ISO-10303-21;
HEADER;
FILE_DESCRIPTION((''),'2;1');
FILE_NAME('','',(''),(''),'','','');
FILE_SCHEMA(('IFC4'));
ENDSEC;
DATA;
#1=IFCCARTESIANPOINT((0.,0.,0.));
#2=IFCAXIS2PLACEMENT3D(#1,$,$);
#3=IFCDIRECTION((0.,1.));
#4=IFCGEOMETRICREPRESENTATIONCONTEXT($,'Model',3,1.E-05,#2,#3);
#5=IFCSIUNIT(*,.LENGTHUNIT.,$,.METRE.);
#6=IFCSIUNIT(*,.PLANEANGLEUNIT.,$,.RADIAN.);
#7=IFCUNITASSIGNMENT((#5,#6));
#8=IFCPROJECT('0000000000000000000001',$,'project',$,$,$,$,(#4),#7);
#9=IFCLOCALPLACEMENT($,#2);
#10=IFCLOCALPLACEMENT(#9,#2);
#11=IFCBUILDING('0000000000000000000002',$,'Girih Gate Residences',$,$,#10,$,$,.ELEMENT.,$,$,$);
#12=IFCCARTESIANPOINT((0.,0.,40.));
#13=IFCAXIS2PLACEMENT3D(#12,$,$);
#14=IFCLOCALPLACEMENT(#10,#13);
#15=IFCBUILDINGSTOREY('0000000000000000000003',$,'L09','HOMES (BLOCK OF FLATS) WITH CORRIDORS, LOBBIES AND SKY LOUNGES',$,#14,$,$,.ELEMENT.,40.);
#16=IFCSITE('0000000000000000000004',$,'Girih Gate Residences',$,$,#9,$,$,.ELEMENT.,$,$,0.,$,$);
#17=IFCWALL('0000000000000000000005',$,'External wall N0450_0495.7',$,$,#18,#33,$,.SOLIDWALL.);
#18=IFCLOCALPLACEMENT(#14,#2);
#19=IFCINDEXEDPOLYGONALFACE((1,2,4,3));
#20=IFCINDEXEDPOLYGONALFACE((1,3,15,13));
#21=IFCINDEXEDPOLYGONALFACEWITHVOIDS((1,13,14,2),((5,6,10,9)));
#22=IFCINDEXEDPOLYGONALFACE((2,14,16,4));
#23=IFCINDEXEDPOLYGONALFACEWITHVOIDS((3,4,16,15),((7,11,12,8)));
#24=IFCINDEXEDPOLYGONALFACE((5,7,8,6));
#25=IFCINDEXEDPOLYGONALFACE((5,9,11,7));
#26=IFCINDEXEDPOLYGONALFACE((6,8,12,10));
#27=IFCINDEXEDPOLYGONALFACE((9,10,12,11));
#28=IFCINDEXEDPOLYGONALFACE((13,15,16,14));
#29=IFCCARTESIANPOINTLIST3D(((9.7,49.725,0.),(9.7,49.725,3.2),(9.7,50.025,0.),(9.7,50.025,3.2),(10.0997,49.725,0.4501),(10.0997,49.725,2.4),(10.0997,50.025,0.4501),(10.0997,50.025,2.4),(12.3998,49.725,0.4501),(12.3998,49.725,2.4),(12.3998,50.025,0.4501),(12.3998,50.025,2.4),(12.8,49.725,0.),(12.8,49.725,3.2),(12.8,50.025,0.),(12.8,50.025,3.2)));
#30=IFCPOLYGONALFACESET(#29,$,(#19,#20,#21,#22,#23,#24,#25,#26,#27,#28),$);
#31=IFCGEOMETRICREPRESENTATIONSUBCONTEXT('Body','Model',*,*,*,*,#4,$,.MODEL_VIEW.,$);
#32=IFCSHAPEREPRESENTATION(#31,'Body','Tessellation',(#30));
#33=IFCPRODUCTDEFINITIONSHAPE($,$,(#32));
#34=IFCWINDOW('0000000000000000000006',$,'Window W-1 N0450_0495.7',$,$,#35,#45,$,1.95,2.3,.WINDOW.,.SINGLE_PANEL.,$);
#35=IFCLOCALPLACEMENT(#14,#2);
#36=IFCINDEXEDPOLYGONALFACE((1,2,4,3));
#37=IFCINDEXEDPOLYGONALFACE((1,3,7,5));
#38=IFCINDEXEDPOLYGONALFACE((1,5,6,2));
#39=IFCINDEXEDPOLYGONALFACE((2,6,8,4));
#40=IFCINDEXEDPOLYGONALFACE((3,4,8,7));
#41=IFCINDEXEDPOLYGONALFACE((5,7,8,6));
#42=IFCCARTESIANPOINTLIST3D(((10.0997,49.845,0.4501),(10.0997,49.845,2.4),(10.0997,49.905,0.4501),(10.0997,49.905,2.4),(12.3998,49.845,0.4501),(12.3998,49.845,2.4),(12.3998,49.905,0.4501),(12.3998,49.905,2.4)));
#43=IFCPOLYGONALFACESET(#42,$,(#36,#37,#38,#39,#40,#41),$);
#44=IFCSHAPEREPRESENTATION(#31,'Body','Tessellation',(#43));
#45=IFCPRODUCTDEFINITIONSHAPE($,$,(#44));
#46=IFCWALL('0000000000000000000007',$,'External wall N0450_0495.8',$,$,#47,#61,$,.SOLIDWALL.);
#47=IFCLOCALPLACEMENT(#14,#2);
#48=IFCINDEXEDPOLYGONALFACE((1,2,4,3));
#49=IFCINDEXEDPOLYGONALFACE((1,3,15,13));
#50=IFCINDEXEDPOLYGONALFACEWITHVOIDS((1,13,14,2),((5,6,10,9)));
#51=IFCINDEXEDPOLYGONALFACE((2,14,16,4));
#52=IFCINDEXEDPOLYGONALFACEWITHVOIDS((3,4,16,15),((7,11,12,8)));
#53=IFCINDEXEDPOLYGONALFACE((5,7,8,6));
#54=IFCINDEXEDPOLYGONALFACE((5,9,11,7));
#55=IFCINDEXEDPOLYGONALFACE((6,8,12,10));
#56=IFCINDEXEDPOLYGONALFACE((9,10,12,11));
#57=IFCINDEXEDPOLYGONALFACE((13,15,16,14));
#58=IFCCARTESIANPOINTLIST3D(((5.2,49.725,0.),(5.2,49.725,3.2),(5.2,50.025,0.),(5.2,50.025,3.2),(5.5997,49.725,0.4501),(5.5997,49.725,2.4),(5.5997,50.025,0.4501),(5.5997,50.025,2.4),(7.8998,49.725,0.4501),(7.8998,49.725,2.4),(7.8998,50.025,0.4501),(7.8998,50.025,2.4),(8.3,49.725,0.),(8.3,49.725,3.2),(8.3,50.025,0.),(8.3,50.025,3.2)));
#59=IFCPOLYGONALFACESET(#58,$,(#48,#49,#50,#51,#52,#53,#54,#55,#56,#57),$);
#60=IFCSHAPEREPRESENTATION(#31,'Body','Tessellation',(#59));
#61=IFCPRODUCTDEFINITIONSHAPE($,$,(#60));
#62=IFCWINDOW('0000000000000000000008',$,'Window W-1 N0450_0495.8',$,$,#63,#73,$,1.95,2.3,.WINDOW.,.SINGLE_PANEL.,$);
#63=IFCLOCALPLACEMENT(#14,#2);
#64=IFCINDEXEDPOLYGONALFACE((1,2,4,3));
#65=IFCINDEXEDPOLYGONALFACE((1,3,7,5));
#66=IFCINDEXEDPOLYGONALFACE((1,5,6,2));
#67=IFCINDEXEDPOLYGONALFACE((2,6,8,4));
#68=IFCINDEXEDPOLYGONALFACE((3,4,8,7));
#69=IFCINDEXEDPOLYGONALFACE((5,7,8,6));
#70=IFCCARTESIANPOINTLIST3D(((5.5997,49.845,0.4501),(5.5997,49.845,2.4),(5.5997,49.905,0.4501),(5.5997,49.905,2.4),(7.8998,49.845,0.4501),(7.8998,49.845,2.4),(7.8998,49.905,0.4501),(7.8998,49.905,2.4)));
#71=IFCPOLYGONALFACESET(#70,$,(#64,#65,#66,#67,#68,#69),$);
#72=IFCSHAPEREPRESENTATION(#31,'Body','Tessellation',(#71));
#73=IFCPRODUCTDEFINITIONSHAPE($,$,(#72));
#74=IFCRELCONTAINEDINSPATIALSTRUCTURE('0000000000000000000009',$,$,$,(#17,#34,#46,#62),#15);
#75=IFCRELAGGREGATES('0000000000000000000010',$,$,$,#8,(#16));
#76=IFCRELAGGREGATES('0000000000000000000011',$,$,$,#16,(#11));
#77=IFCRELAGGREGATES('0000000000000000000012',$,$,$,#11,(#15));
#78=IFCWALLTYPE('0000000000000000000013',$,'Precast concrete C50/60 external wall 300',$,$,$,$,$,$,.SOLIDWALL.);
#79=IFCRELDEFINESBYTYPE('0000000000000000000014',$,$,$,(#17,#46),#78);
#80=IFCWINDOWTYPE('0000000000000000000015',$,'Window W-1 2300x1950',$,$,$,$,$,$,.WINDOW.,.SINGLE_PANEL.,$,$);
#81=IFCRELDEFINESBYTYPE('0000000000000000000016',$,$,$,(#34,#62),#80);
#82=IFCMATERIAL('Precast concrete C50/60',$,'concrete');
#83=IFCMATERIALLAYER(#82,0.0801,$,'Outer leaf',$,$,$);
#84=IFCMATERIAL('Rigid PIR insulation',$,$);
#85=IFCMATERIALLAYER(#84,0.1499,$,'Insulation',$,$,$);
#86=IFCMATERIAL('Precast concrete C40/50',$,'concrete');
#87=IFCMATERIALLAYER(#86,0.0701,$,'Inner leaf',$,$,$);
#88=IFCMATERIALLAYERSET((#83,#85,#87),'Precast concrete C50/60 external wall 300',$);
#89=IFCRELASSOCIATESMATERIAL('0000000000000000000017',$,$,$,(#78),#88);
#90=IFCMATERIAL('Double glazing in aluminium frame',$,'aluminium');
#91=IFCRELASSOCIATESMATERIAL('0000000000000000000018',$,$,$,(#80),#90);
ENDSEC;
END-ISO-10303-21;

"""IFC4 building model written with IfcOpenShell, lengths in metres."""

from ifc_helpers import new_model, si_unit, direction, frame, frame_2d, origin, place, context, subcontext, project, spatial, rectangle, extrude, material, layer, layer_set, type_object, element, fill, save


model = new_model("IFC4")

# Units and contexts
model_context = context("Model", 3, precision=1e-05, world=origin(), true_north=direction((0.0, 1.0)))
body_context = subcontext(model_context, "Body", "Model", "MODEL_VIEW")
ifc_project = project(units=[si_unit("LENGTHUNIT", "METRE"), si_unit("PLANEANGLEUNIT", "RADIAN")], contexts=[model_context])

# Site, building, storey
site_placement = place(None, origin())
site = spatial("IfcSite", under=ifc_project, at=site_placement, Name="Girih Gate Residences", CompositionType="ELEMENT", RefElevation=0.0)
building_placement = place(site_placement, origin())
building = spatial("IfcBuilding", under=site, at=building_placement, Name="Girih Gate Residences", CompositionType="ELEMENT")
storey_placement = place(building_placement, frame((0.0, 0.0, 40.0)))
storey = spatial("IfcBuildingStorey", under=building, at=storey_placement, Name="L09", Description="HOMES (BLOCK OF FLATS) WITH CORRIDORS, LOBBIES AND SKY LOUNGES", CompositionType="ELEMENT", Elevation=40.0)

# Walls, openings, windows
ifc_material_1 = material(Name="Precast concrete C50/60", Category="concrete")
ifc_layer_1 = layer(ifc_material_1, 0.0801, Name="Outer leaf")
ifc_material_2 = material(Name="Rigid PIR insulation")
ifc_layer_2 = layer(ifc_material_2, 0.1499, Name="Insulation")
ifc_material_3 = material(Name="Precast concrete C40/50", Category="concrete")
ifc_layer_3 = layer(ifc_material_3, 0.0701, Name="Inner leaf")
ifc_layer_set_1 = layer_set([ifc_layer_1, ifc_layer_2, ifc_layer_3], Name="Precast concrete C50/60 external wall 300")
wall_type_1 = type_object("IfcWallType", Name="Precast concrete C50/60 external wall 300", PredefinedType="SOLIDWALL", material=ifc_layer_set_1)
wall_1_placement = place(storey_placement, frame((9.7, 49.875, 0.0), z_axis=(0.0, 0.0, 1.0), x_axis=(1.0, 0.0, 0.0)))
wall_1 = element("IfcWall", 1, at=wall_1_placement, inside=storey, type_object=wall_type_1, Name="External wall N0450_0495.7", PredefinedType="SOLIDWALL", context=body_context, shape_type="SweptSolid", body=[
    extrude(rectangle(XDim=3.1001, YDim=0.3, at=frame_2d((1.55, 0.0))), origin(), (0.0, 0.0, 1.0), 3.2),
])
opening_1_placement = place(wall_1_placement, frame((0.3999, 0.0, 0.45)))
opening_1 = element("IfcOpeningElement", 2, at=opening_1_placement, cuts=wall_1, PredefinedType="OPENING", context=body_context, shape_type="SweptSolid", body=[
    extrude(rectangle(XDim=2.3, YDim=1.95, at=frame_2d((1.1499, 0.9751))), frame((0.0, 0.1599, 0.0), z_axis=(0.0, -1.0, 0.0), x_axis=(1.0, 0.0, 0.0)), (0.0, 0.0, 1.0), 0.3201),
])
ifc_material_4 = material(Name="Double glazing in aluminium frame", Category="aluminium")
window_type = type_object("IfcWindowType", Name="Window W-1 2300x1950", PartitioningType="SINGLE_PANEL", PredefinedType="WINDOW", material=ifc_material_4)
window_1_placement = place(opening_1_placement, origin())
window_1 = element("IfcWindow", 3, at=window_1_placement, inside=storey, type_object=window_type, Name="Window W-1 N0450_0495.7", OverallHeight=1.95, OverallWidth=2.3, PartitioningType="SINGLE_PANEL", PredefinedType="WINDOW", context=body_context, shape_type="SweptSolid", body=[
    extrude(rectangle(XDim=2.3, YDim=1.95, at=frame_2d((1.1499, 0.9751))), frame((0.0, 0.03, 0.0), z_axis=(0.0, -1.0, 0.0), x_axis=(1.0, 0.0, 0.0)), (0.0, 0.0, 1.0), 0.0601),
])
fill(opening_1, window_1)
wall_2_placement = place(storey_placement, frame((5.2, 49.875, 0.0), z_axis=(0.0, 0.0, 1.0), x_axis=(1.0, 0.0, 0.0)))
wall_2 = element("IfcWall", 4, at=wall_2_placement, inside=storey, type_object=wall_type_1, Name="External wall N0450_0495.8", PredefinedType="SOLIDWALL", context=body_context, shape_type="SweptSolid", body=[
    extrude(rectangle(XDim=3.1001, YDim=0.3, at=frame_2d((1.55, 0.0))), origin(), (0.0, 0.0, 1.0), 3.2),
])
opening_2_placement = place(wall_2_placement, frame((0.3999, 0.0, 0.45)))
opening_2 = element("IfcOpeningElement", 5, at=opening_2_placement, cuts=wall_2, PredefinedType="OPENING", context=body_context, shape_type="SweptSolid", body=[
    extrude(rectangle(XDim=2.3, YDim=1.95, at=frame_2d((1.1499, 0.9751))), frame((0.0, 0.1599, 0.0), z_axis=(0.0, -1.0, 0.0), x_axis=(1.0, 0.0, 0.0)), (0.0, 0.0, 1.0), 0.3201),
])
window_2_placement = place(opening_2_placement, origin())
window_2 = element("IfcWindow", 6, at=window_2_placement, inside=storey, type_object=window_type, Name="Window W-1 N0450_0495.8", OverallHeight=1.95, OverallWidth=2.3, PartitioningType="SINGLE_PANEL", PredefinedType="WINDOW", context=body_context, shape_type="SweptSolid", body=[
    extrude(rectangle(XDim=2.3, YDim=1.95, at=frame_2d((1.1499, 0.9751))), frame((0.0, 0.03, 0.0), z_axis=(0.0, -1.0, 0.0), x_axis=(1.0, 0.0, 0.0)), (0.0, 0.0, 1.0), 0.0601),
])
fill(opening_2, window_2)

save(model, "model.ifc")
